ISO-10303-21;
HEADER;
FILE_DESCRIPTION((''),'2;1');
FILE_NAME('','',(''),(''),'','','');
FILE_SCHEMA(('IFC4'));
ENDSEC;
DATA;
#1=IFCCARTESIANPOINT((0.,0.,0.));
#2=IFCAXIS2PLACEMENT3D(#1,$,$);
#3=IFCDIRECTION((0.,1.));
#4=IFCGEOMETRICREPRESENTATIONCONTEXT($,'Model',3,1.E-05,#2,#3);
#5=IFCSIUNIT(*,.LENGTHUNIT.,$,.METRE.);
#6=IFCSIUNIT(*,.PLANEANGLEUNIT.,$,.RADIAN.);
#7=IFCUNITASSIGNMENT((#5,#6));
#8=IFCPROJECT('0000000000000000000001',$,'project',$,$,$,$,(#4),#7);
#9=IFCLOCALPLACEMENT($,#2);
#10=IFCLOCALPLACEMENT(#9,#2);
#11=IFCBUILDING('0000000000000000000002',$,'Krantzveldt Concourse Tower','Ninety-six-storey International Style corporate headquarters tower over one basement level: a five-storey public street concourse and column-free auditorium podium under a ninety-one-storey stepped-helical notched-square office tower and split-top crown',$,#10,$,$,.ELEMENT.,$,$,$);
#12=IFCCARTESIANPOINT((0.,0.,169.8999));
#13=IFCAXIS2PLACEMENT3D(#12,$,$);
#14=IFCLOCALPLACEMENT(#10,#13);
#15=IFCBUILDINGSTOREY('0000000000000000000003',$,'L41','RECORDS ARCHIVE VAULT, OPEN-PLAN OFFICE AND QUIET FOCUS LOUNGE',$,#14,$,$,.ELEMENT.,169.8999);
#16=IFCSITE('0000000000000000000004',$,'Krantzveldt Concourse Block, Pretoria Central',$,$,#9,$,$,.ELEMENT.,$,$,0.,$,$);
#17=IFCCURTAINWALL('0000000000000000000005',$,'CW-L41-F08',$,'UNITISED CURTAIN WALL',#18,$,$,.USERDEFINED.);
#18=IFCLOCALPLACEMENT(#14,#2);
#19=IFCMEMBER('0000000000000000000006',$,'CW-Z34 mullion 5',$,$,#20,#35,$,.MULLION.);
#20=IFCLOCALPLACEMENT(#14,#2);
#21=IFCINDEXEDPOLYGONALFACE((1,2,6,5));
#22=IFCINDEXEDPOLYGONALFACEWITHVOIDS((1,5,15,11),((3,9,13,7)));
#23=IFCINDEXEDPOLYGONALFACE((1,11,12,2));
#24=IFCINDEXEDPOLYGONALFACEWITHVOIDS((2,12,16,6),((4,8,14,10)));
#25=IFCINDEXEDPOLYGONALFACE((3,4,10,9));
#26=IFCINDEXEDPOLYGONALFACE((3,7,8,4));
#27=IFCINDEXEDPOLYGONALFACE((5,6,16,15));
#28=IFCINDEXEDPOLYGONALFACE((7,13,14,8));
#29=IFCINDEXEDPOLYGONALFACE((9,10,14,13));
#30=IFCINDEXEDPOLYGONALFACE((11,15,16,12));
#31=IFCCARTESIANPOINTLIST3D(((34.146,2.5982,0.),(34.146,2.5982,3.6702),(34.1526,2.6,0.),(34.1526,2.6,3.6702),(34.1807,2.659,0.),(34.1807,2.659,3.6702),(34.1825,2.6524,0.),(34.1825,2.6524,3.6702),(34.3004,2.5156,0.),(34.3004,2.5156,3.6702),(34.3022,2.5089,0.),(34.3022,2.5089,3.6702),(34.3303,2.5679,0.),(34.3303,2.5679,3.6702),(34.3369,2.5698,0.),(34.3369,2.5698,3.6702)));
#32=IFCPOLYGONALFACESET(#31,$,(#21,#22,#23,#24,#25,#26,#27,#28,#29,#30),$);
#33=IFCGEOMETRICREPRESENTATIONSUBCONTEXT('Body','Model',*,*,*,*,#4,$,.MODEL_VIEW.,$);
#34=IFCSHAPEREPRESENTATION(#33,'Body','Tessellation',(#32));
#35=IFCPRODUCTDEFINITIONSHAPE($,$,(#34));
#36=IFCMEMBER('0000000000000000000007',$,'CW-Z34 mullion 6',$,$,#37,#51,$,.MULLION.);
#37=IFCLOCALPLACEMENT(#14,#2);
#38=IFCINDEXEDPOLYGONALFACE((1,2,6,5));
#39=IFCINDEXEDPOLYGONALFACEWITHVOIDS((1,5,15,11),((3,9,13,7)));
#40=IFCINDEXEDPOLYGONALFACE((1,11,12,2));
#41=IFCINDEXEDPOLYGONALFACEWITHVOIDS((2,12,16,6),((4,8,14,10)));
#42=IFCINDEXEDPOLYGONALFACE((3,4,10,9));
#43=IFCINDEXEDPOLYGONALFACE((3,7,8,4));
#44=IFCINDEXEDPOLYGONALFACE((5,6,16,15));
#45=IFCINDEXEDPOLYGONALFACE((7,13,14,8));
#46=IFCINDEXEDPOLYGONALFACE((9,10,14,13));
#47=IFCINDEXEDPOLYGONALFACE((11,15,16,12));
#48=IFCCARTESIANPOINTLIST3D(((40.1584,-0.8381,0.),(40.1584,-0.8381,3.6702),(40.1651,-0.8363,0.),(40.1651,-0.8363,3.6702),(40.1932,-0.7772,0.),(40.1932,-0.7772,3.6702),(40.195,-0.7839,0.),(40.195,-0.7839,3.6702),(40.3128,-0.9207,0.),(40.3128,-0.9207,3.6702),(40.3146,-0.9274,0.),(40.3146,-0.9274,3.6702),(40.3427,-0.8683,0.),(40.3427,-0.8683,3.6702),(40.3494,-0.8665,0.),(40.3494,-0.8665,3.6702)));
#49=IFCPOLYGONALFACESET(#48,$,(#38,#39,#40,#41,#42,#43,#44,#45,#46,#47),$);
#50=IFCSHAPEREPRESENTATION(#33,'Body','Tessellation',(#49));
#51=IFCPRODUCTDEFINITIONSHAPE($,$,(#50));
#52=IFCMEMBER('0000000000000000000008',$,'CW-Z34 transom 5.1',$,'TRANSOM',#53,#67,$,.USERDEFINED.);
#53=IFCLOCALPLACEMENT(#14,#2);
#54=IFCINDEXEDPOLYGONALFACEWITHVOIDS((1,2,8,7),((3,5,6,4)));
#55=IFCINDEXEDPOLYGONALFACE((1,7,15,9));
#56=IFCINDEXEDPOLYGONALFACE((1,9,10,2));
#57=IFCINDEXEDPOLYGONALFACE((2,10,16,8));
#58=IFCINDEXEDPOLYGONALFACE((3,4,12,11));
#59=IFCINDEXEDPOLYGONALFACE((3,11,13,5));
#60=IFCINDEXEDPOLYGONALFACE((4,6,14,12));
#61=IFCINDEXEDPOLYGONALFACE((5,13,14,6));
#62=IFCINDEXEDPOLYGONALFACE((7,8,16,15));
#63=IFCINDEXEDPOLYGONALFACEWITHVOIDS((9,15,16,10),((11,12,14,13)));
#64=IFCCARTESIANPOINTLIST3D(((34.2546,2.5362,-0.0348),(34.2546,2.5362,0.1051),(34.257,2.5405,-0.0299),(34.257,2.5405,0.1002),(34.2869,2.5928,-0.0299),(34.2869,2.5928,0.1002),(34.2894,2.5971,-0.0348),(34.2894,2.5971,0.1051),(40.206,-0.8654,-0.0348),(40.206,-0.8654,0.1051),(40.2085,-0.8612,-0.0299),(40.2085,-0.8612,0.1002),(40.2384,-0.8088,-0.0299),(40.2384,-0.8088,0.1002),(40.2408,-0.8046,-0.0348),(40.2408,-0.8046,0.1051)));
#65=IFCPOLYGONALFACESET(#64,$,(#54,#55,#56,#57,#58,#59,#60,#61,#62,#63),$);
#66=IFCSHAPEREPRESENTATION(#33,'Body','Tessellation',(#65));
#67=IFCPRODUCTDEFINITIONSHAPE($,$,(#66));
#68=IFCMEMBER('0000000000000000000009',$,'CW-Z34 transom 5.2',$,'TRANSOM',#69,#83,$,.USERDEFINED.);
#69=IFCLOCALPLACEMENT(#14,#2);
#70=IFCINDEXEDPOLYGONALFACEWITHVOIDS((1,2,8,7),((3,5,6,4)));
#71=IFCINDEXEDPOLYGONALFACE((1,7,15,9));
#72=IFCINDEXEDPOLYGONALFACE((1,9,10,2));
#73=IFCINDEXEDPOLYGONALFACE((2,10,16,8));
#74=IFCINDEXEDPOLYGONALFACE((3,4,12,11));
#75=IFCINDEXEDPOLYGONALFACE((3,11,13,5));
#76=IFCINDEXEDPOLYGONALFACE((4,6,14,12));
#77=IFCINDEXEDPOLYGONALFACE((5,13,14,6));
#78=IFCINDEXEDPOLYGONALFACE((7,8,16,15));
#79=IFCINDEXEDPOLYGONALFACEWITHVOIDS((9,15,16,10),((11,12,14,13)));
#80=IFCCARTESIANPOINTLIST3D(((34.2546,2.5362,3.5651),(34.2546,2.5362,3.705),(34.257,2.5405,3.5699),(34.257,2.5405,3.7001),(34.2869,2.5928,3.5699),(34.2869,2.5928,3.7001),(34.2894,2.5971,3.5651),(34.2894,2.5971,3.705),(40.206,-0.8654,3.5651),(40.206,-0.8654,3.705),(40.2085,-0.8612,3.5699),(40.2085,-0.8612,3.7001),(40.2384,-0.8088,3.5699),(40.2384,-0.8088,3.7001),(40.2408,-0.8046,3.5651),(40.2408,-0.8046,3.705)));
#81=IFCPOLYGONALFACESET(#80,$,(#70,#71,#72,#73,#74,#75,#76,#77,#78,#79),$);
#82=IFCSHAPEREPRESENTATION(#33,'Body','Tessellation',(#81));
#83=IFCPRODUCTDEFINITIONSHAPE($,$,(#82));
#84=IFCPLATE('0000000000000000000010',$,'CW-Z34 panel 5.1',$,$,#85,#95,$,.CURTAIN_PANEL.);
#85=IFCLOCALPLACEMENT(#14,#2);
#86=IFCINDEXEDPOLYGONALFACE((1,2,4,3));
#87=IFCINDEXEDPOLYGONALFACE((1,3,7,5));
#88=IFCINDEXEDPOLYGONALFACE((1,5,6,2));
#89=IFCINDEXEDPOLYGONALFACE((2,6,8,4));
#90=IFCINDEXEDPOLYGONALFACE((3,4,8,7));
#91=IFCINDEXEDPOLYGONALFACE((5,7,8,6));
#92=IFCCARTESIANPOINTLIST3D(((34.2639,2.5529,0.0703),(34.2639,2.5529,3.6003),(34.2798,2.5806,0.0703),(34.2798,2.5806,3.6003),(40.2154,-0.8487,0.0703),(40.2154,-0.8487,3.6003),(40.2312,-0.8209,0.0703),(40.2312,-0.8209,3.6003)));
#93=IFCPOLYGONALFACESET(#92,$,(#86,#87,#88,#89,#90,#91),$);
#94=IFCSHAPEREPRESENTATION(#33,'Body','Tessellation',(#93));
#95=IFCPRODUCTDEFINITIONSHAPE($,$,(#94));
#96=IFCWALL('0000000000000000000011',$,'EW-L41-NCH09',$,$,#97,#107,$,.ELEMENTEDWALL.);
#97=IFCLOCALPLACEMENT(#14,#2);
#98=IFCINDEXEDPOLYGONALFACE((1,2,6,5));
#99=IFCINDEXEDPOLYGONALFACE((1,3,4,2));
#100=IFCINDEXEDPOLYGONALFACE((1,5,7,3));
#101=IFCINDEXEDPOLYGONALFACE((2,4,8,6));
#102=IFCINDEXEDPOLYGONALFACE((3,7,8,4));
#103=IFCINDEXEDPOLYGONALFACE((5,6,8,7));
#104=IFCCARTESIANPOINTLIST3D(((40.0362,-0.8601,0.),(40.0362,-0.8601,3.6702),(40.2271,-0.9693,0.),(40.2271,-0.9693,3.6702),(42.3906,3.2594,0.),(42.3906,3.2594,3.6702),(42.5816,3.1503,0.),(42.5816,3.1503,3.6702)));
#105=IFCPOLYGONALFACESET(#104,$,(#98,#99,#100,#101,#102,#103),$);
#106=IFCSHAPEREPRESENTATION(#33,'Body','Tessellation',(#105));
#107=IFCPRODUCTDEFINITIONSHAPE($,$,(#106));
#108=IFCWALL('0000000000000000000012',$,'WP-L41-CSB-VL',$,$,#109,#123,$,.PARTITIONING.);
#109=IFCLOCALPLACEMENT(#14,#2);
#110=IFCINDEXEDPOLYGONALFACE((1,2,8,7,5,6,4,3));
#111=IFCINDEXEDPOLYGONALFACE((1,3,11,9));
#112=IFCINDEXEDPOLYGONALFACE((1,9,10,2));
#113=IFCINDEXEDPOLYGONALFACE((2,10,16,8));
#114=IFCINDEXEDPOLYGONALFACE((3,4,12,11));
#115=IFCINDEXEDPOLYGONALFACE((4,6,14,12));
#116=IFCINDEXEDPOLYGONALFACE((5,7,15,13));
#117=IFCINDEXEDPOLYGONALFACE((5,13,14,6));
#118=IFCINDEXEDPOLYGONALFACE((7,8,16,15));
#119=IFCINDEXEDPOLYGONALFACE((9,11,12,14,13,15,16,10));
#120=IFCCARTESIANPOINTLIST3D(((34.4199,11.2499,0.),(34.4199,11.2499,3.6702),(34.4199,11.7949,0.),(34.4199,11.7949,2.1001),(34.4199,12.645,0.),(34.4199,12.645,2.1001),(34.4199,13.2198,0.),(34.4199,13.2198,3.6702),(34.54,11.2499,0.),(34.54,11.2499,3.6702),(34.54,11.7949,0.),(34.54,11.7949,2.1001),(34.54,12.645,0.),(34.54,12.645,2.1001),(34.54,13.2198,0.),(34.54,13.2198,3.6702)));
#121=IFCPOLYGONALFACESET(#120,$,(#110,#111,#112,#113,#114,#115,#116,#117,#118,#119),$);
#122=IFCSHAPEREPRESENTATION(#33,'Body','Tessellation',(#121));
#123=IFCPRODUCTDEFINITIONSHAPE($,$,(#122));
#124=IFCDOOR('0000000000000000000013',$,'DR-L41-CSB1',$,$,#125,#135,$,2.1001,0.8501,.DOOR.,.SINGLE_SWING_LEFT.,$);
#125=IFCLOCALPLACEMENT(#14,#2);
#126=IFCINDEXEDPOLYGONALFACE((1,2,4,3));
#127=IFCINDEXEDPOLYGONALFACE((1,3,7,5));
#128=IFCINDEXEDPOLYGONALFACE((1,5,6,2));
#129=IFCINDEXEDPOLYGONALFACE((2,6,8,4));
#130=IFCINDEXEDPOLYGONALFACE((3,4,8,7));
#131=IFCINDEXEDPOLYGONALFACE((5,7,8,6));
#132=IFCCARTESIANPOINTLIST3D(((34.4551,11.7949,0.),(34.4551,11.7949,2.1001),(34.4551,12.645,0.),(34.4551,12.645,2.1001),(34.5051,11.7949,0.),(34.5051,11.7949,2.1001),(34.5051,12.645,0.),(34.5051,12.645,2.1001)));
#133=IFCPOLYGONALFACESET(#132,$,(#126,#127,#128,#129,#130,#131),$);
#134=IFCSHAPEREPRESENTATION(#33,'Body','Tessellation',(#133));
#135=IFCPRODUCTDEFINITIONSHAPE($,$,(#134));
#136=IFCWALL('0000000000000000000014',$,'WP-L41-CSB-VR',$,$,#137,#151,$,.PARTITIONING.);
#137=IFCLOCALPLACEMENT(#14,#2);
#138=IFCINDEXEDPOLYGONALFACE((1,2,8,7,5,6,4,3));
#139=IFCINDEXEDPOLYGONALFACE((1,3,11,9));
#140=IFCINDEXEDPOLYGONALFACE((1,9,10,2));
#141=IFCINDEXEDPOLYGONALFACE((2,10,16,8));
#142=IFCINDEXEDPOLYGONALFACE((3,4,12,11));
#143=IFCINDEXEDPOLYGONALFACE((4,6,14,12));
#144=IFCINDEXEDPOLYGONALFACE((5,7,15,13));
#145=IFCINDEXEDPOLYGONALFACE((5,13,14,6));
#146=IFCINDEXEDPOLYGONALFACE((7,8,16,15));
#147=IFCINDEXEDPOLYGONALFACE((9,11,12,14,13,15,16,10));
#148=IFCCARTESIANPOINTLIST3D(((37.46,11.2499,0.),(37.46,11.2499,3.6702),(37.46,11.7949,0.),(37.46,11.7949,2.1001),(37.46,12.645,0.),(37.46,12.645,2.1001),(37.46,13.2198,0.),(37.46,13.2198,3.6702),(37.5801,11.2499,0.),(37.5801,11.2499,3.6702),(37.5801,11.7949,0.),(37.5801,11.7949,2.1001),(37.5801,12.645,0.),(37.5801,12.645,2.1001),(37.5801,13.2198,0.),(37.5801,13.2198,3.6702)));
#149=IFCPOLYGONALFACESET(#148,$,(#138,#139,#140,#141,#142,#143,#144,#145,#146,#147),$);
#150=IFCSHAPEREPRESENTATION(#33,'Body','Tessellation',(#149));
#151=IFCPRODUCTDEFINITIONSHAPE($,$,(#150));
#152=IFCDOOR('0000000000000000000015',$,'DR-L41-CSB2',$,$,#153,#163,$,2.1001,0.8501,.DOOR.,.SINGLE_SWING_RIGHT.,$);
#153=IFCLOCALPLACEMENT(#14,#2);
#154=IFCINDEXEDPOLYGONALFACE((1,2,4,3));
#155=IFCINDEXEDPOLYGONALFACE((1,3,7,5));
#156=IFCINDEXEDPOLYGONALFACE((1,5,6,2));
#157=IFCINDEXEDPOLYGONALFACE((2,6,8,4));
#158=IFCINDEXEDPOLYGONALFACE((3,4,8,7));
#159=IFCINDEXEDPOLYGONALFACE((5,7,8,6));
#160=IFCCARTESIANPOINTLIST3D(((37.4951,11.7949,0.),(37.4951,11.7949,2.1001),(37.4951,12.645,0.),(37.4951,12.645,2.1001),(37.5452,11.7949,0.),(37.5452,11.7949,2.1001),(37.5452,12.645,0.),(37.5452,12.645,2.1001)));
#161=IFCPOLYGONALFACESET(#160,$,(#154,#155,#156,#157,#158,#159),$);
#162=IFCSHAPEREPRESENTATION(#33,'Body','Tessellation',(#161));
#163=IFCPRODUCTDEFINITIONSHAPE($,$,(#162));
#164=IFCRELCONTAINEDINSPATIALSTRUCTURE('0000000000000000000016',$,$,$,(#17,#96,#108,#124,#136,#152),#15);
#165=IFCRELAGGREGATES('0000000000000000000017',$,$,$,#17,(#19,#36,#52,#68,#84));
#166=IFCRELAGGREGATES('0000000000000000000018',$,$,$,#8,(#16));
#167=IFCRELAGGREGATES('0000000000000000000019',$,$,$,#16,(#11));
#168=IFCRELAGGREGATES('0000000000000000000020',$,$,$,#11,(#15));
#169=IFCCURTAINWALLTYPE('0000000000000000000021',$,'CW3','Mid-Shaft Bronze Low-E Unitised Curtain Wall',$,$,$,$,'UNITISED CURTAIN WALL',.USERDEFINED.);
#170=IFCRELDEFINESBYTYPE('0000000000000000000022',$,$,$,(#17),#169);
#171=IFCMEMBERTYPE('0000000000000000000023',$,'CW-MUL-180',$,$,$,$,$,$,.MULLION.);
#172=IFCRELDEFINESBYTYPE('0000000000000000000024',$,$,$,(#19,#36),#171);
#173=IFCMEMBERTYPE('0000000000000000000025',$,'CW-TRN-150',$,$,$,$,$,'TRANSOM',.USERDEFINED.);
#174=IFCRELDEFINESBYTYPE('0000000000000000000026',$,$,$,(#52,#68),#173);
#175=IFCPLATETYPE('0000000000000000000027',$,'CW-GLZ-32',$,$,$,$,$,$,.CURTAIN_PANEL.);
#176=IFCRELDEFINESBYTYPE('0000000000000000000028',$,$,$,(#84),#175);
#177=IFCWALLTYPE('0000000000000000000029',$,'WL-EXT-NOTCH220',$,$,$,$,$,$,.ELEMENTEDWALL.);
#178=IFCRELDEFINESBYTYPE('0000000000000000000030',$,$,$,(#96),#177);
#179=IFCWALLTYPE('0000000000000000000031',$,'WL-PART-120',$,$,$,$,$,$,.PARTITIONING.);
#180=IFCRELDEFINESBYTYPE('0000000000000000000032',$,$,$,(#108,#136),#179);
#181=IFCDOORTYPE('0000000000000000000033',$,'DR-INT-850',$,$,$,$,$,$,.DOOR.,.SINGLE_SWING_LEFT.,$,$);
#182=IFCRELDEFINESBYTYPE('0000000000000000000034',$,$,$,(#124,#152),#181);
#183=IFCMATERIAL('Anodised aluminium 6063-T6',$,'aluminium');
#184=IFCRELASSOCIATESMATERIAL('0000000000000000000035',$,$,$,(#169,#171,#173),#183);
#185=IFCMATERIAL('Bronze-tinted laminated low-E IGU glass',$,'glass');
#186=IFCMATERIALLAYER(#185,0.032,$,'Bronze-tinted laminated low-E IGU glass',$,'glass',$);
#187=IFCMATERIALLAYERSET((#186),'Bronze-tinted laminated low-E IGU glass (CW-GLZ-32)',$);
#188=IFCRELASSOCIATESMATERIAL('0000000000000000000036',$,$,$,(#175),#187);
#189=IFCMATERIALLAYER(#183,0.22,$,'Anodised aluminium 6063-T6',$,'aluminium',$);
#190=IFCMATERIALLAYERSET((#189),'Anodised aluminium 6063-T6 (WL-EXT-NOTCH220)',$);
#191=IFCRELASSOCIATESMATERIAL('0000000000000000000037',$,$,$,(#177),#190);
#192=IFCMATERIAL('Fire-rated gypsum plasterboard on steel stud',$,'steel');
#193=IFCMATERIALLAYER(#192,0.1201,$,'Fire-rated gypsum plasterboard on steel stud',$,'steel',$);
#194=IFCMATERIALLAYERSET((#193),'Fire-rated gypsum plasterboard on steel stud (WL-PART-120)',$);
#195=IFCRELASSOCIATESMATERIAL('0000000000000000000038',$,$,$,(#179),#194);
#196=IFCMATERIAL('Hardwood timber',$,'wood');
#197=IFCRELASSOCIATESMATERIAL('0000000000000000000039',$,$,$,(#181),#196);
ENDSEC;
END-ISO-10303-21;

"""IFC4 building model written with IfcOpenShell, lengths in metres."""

from ifc_helpers import new_model, si_unit, direction, frame, frame_2d, origin, origin_2d, place, context, subcontext, project, spatial, rectangle, hollow_rectangle, extrude, source, transform, mapped, material, layer, layer_set, material_profile, profile_set, type_object, type_shapes, element, fill, aggregate, save


model = new_model("IFC4")

# Units and contexts
model_context = context("Model", 3, precision=1e-05, world=origin(), true_north=direction((0.0, 1.0)))
body_context = subcontext(model_context, "Body", "Model", "MODEL_VIEW")
ifc_project = project(units=[si_unit("LENGTHUNIT", "METRE"), si_unit("PLANEANGLEUNIT", "RADIAN")], contexts=[model_context])

# Site, building, storey
site_placement = place(None, origin())
site = spatial("IfcSite", under=ifc_project, at=site_placement, Name="Krantzveldt Concourse Block, Pretoria Central", CompositionType="ELEMENT", RefElevation=0.0)
building_placement = place(site_placement, origin())
building = spatial("IfcBuilding", under=site, at=building_placement, Name="Krantzveldt Concourse Tower", Description="Ninety-six-storey International Style corporate headquarters tower over one basement level: a five-storey public street concourse and column-free auditorium podium under a ninety-one-storey stepped-helical notched-square office tower and split-top crown", CompositionType="ELEMENT")
storey_placement = place(building_placement, frame((0.0, 0.0, 169.8999)))
storey = spatial("IfcBuildingStorey", under=building, at=storey_placement, Name="L41", Description="RECORDS ARCHIVE VAULT, OPEN-PLAN OFFICE AND QUIET FOCUS LOUNGE", CompositionType="ELEMENT", Elevation=169.8999)

# Curtain wall, members, plate
ifc_material_1 = material(Name="Anodised aluminium 6063-T6", Category="aluminium")
curtain_wall_type = type_object("IfcCurtainWallType", Name="CW3", Description="Mid-Shaft Bronze Low-E Unitised Curtain Wall", ElementType="UNITISED CURTAIN WALL", PredefinedType="USERDEFINED", material=ifc_material_1)
curtain_wall_placement = place(storey_placement, origin())
curtain_wall = element("IfcCurtainWall", 1, at=curtain_wall_placement, inside=storey, type_object=curtain_wall_type, Name="CW-L41-F08", ObjectType="UNITISED CURTAIN WALL", PredefinedType="USERDEFINED")
ifc_material_profile_1 = material_profile(ifc_material_1, hollow_rectangle(XDim=0.0701, YDim=0.1799, WallThickness=0.0049, at=origin_2d()), Name="Anodised aluminium 6063-T6", Category="aluminium")
ifc_profile_set_1 = profile_set([ifc_material_profile_1], Name="Anodised aluminium 6063-T6 - ALU-MULL 180x70x5")
member_type_1 = type_object("IfcMemberType", Name="CW-MUL-180", PredefinedType="MULLION", material=ifc_profile_set_1)
shared_shape_1 = source(origin(), body_context, "Body", "SweptSolid", [
    extrude(hollow_rectangle(XDim=0.0701, YDim=0.1799, WallThickness=0.0049, at=origin_2d()), origin(), (0.0, 0.0, 1.0), 3.6702),
])
type_shapes(member_type_1, [shared_shape_1])
member_1_placement = place(storey_placement, frame((34.2415, 2.584, 0.0), z_axis=(0.0, 0.0, 1.0), x_axis=(0.496216, 0.868199, 0.0)))
member_1 = element("IfcMember", 2, at=member_1_placement, type_object=member_type_1, Name="CW-Z34 mullion 5", PredefinedType="MULLION", context=body_context, shape_type="MappedRepresentation", body=[
    mapped(shared_shape_1, transform((0.0, 0.0, 0.0), x_axis=(1.0, 0.0, 0.0), y_axis=(0.0, 1.0, 0.0), z_axis=(0.0, 0.0, 1.0), scale=1.0)),
])
member_2_placement = place(storey_placement, frame((40.2539, -0.8523, 0.0), z_axis=(0.0, 0.0, 1.0), x_axis=(0.496216, 0.868199, 0.0)))
member_2 = element("IfcMember", 3, at=member_2_placement, type_object=member_type_1, Name="CW-Z34 mullion 6", PredefinedType="MULLION", context=body_context, shape_type="MappedRepresentation", body=[
    mapped(shared_shape_1, transform((0.0, 0.0, 0.0), x_axis=(1.0, 0.0, 0.0), y_axis=(0.0, 1.0, 0.0), z_axis=(0.0, 0.0, 1.0), scale=1.0)),
])
ifc_material_profile_2 = material_profile(ifc_material_1, hollow_rectangle(XDim=0.0701, YDim=0.1399, WallThickness=0.0049, at=origin_2d()), Name="Anodised aluminium 6063-T6", Category="aluminium")
ifc_profile_set_2 = profile_set([ifc_material_profile_2], Name="Anodised aluminium 6063-T6 - ALU-TRAN 140x70x5")
member_type_2 = type_object("IfcMemberType", Name="CW-TRN-150", ElementType="TRANSOM", PredefinedType="USERDEFINED", material=ifc_profile_set_2)
shared_shape_2 = source(origin(), body_context, "Body", "SweptSolid", [
    extrude(hollow_rectangle(XDim=0.0701, YDim=0.1399, WallThickness=0.0049, at=origin_2d()), origin(), (0.0, 0.0, 1.0), 6.855),
])
type_shapes(member_type_2, [shared_shape_2])
member_3_placement = place(storey_placement, frame((34.272, 2.5667, 0.0352), z_axis=(0.868193, -0.496227, 0.0), x_axis=(0.496227, 0.868193, 0.0)))
member_3 = element("IfcMember", 4, at=member_3_placement, type_object=member_type_2, Name="CW-Z34 transom 5.1", ObjectType="TRANSOM", PredefinedType="USERDEFINED", context=body_context, shape_type="MappedRepresentation", body=[
    mapped(shared_shape_2, transform((0.0, 0.0, 0.0), x_axis=(1.0, 0.0, 0.0), y_axis=(0.0, 1.0, 0.0), z_axis=(0.0, 0.0, 1.0), scale=1.0)),
])
member_4_placement = place(storey_placement, frame((34.272, 2.5667, 3.635), z_axis=(0.868193, -0.496227, 0.0), x_axis=(0.496227, 0.868193, 0.0)))
member_4 = element("IfcMember", 5, at=member_4_placement, type_object=member_type_2, Name="CW-Z34 transom 5.2", ObjectType="TRANSOM", PredefinedType="USERDEFINED", context=body_context, shape_type="MappedRepresentation", body=[
    mapped(shared_shape_2, transform((0.0, 0.0, 0.0), x_axis=(1.0, 0.0, 0.0), y_axis=(0.0, 1.0, 0.0), z_axis=(0.0, 0.0, 1.0), scale=1.0)),
])
ifc_material_2 = material(Name="Bronze-tinted laminated low-E IGU glass", Category="glass")
ifc_layer_1 = layer(ifc_material_2, 0.032, Name="Bronze-tinted laminated low-E IGU glass", Category="glass")
ifc_layer_set_1 = layer_set([ifc_layer_1], Name="Bronze-tinted laminated low-E IGU glass (CW-GLZ-32)")
plate_type = type_object("IfcPlateType", Name="CW-GLZ-32", PredefinedType="CURTAIN_PANEL", material=ifc_layer_set_1)
shared_shape_3 = source(origin(), body_context, "Body", "SweptSolid", [
    extrude(rectangle(XDim=6.855, YDim=0.032, at=origin_2d()), origin(), (0.0, 0.0, 1.0), 3.53),
])
type_shapes(plate_type, [shared_shape_3])
plate_placement = place(storey_placement, frame((37.2476, 0.866, 0.0703), z_axis=(0.0, 0.0, 1.0), x_axis=(0.868199, -0.496216, 0.0)))
plate = element("IfcPlate", 6, at=plate_placement, type_object=plate_type, Name="CW-Z34 panel 5.1", PredefinedType="CURTAIN_PANEL", context=body_context, shape_type="MappedRepresentation", body=[
    mapped(shared_shape_3, transform((0.0, 0.0, 0.0), x_axis=(1.0, 0.0, 0.0), y_axis=(0.0, 1.0, 0.0), z_axis=(0.0, 0.0, 1.0), scale=1.0)),
])
aggregate(curtain_wall, [member_1, member_2, member_3, member_4, plate])

# Wall
ifc_layer_2 = layer(ifc_material_1, 0.22, Name="Anodised aluminium 6063-T6", Category="aluminium")
ifc_layer_set_2 = layer_set([ifc_layer_2], Name="Anodised aluminium 6063-T6 (WL-EXT-NOTCH220)")
wall_type_1 = type_object("IfcWallType", Name="WL-EXT-NOTCH220", PredefinedType="ELEMENTEDWALL", material=ifc_layer_set_2)
wall_1_placement = place(storey_placement, frame((40.1316, -0.9148, 0.0), z_axis=(0.0, 0.0, 1.0), x_axis=(0.496205, 0.868205, 0.0)))
element("IfcWall", 7, at=wall_1_placement, inside=storey, type_object=wall_type_1, Name="EW-L41-NCH09", PredefinedType="ELEMENTEDWALL", context=body_context, shape_type="SweptSolid", body=[
    extrude(rectangle(XDim=4.7449, YDim=0.22, at=frame_2d((2.3726, 0.0))), origin(), (0.0, 0.0, 1.0), 3.6702),
])

# Walls, openings, doors
ifc_material_3 = material(Name="Fire-rated gypsum plasterboard on steel stud", Category="steel")
ifc_layer_3 = layer(ifc_material_3, 0.1201, Name="Fire-rated gypsum plasterboard on steel stud", Category="steel")
ifc_layer_set_3 = layer_set([ifc_layer_3], Name="Fire-rated gypsum plasterboard on steel stud (WL-PART-120)")
wall_type_2 = type_object("IfcWallType", Name="WL-PART-120", PredefinedType="PARTITIONING", material=ifc_layer_set_3)
wall_2_placement = place(storey_placement, frame((34.48, 11.25, 0.0), z_axis=(0.0, 0.0, 1.0), x_axis=(0.0, 1.0, 0.0)))
wall_2 = element("IfcWall", 8, at=wall_2_placement, inside=storey, type_object=wall_type_2, Name="WP-L41-CSB-VL", PredefinedType="PARTITIONING", context=body_context, shape_type="SweptSolid", body=[
    extrude(rectangle(XDim=1.97, YDim=0.1201, at=frame_2d((0.9849, 0.0))), origin(), (0.0, 0.0, 1.0), 3.6702),
])
opening_1_placement = place(wall_2_placement, frame((0.5449, 0.0, 0.0)))
opening_1 = element("IfcOpeningElement", 9, at=opening_1_placement, cuts=wall_2, PredefinedType="OPENING", context=body_context, shape_type="SweptSolid", body=[
    extrude(rectangle(XDim=0.8501, YDim=2.1001, at=frame_2d((0.425, 1.05))), frame((0.0, 0.0701, 0.0), z_axis=(0.0, -1.0, 0.0), x_axis=(1.0, 0.0, 0.0)), (0.0, 0.0, 1.0), 0.1401),
])
ifc_material_4 = material(Name="Hardwood timber", Category="wood")
door_type_1 = type_object("IfcDoorType", Name="DR-INT-850", OperationType="SINGLE_SWING_LEFT", PredefinedType="DOOR", material=ifc_material_4)
door_1_placement = place(opening_1_placement, origin())
door_1 = element("IfcDoor", 10, at=door_1_placement, inside=storey, type_object=door_type_1, Name="DR-L41-CSB1", OperationType="SINGLE_SWING_LEFT", OverallHeight=2.1001, OverallWidth=0.8501, PredefinedType="DOOR", context=body_context, shape_type="SweptSolid", body=[
    extrude(rectangle(XDim=0.8501, YDim=2.1001, at=frame_2d((0.425, 1.05))), frame((0.0, 0.0249, 0.0), z_axis=(0.0, -1.0, 0.0), x_axis=(1.0, 0.0, 0.0)), (0.0, 0.0, 1.0), 0.05),
])
fill(opening_1, door_1)
wall_3_placement = place(storey_placement, frame((37.52, 11.25, 0.0), z_axis=(0.0, 0.0, 1.0), x_axis=(0.0, 1.0, 0.0)))
wall_3 = element("IfcWall", 11, at=wall_3_placement, inside=storey, type_object=wall_type_2, Name="WP-L41-CSB-VR", PredefinedType="PARTITIONING", context=body_context, shape_type="SweptSolid", body=[
    extrude(rectangle(XDim=1.97, YDim=0.1201, at=frame_2d((0.9849, 0.0))), origin(), (0.0, 0.0, 1.0), 3.6702),
])
opening_2_placement = place(wall_3_placement, frame((0.5449, 0.0, 0.0)))
opening_2 = element("IfcOpeningElement", 12, at=opening_2_placement, cuts=wall_3, PredefinedType="OPENING", context=body_context, shape_type="SweptSolid", body=[
    extrude(rectangle(XDim=0.8501, YDim=2.1001, at=frame_2d((0.425, 1.05))), frame((0.0, 0.0701, 0.0), z_axis=(0.0, -1.0, 0.0), x_axis=(1.0, 0.0, 0.0)), (0.0, 0.0, 1.0), 0.1401),
])
door_2_placement = place(opening_2_placement, origin())
door_2 = element("IfcDoor", 13, at=door_2_placement, inside=storey, type_object=door_type_1, Name="DR-L41-CSB2", OperationType="SINGLE_SWING_RIGHT", OverallHeight=2.1001, OverallWidth=0.8501, PredefinedType="DOOR", context=body_context, shape_type="SweptSolid", body=[
    extrude(rectangle(XDim=0.8501, YDim=2.1001, at=frame_2d((0.425, 1.05))), frame((0.0, 0.0249, 0.0), z_axis=(0.0, -1.0, 0.0), x_axis=(1.0, 0.0, 0.0)), (0.0, 0.0, 1.0), 0.05),
])
fill(opening_2, door_2)

save(model, "model.ifc")
